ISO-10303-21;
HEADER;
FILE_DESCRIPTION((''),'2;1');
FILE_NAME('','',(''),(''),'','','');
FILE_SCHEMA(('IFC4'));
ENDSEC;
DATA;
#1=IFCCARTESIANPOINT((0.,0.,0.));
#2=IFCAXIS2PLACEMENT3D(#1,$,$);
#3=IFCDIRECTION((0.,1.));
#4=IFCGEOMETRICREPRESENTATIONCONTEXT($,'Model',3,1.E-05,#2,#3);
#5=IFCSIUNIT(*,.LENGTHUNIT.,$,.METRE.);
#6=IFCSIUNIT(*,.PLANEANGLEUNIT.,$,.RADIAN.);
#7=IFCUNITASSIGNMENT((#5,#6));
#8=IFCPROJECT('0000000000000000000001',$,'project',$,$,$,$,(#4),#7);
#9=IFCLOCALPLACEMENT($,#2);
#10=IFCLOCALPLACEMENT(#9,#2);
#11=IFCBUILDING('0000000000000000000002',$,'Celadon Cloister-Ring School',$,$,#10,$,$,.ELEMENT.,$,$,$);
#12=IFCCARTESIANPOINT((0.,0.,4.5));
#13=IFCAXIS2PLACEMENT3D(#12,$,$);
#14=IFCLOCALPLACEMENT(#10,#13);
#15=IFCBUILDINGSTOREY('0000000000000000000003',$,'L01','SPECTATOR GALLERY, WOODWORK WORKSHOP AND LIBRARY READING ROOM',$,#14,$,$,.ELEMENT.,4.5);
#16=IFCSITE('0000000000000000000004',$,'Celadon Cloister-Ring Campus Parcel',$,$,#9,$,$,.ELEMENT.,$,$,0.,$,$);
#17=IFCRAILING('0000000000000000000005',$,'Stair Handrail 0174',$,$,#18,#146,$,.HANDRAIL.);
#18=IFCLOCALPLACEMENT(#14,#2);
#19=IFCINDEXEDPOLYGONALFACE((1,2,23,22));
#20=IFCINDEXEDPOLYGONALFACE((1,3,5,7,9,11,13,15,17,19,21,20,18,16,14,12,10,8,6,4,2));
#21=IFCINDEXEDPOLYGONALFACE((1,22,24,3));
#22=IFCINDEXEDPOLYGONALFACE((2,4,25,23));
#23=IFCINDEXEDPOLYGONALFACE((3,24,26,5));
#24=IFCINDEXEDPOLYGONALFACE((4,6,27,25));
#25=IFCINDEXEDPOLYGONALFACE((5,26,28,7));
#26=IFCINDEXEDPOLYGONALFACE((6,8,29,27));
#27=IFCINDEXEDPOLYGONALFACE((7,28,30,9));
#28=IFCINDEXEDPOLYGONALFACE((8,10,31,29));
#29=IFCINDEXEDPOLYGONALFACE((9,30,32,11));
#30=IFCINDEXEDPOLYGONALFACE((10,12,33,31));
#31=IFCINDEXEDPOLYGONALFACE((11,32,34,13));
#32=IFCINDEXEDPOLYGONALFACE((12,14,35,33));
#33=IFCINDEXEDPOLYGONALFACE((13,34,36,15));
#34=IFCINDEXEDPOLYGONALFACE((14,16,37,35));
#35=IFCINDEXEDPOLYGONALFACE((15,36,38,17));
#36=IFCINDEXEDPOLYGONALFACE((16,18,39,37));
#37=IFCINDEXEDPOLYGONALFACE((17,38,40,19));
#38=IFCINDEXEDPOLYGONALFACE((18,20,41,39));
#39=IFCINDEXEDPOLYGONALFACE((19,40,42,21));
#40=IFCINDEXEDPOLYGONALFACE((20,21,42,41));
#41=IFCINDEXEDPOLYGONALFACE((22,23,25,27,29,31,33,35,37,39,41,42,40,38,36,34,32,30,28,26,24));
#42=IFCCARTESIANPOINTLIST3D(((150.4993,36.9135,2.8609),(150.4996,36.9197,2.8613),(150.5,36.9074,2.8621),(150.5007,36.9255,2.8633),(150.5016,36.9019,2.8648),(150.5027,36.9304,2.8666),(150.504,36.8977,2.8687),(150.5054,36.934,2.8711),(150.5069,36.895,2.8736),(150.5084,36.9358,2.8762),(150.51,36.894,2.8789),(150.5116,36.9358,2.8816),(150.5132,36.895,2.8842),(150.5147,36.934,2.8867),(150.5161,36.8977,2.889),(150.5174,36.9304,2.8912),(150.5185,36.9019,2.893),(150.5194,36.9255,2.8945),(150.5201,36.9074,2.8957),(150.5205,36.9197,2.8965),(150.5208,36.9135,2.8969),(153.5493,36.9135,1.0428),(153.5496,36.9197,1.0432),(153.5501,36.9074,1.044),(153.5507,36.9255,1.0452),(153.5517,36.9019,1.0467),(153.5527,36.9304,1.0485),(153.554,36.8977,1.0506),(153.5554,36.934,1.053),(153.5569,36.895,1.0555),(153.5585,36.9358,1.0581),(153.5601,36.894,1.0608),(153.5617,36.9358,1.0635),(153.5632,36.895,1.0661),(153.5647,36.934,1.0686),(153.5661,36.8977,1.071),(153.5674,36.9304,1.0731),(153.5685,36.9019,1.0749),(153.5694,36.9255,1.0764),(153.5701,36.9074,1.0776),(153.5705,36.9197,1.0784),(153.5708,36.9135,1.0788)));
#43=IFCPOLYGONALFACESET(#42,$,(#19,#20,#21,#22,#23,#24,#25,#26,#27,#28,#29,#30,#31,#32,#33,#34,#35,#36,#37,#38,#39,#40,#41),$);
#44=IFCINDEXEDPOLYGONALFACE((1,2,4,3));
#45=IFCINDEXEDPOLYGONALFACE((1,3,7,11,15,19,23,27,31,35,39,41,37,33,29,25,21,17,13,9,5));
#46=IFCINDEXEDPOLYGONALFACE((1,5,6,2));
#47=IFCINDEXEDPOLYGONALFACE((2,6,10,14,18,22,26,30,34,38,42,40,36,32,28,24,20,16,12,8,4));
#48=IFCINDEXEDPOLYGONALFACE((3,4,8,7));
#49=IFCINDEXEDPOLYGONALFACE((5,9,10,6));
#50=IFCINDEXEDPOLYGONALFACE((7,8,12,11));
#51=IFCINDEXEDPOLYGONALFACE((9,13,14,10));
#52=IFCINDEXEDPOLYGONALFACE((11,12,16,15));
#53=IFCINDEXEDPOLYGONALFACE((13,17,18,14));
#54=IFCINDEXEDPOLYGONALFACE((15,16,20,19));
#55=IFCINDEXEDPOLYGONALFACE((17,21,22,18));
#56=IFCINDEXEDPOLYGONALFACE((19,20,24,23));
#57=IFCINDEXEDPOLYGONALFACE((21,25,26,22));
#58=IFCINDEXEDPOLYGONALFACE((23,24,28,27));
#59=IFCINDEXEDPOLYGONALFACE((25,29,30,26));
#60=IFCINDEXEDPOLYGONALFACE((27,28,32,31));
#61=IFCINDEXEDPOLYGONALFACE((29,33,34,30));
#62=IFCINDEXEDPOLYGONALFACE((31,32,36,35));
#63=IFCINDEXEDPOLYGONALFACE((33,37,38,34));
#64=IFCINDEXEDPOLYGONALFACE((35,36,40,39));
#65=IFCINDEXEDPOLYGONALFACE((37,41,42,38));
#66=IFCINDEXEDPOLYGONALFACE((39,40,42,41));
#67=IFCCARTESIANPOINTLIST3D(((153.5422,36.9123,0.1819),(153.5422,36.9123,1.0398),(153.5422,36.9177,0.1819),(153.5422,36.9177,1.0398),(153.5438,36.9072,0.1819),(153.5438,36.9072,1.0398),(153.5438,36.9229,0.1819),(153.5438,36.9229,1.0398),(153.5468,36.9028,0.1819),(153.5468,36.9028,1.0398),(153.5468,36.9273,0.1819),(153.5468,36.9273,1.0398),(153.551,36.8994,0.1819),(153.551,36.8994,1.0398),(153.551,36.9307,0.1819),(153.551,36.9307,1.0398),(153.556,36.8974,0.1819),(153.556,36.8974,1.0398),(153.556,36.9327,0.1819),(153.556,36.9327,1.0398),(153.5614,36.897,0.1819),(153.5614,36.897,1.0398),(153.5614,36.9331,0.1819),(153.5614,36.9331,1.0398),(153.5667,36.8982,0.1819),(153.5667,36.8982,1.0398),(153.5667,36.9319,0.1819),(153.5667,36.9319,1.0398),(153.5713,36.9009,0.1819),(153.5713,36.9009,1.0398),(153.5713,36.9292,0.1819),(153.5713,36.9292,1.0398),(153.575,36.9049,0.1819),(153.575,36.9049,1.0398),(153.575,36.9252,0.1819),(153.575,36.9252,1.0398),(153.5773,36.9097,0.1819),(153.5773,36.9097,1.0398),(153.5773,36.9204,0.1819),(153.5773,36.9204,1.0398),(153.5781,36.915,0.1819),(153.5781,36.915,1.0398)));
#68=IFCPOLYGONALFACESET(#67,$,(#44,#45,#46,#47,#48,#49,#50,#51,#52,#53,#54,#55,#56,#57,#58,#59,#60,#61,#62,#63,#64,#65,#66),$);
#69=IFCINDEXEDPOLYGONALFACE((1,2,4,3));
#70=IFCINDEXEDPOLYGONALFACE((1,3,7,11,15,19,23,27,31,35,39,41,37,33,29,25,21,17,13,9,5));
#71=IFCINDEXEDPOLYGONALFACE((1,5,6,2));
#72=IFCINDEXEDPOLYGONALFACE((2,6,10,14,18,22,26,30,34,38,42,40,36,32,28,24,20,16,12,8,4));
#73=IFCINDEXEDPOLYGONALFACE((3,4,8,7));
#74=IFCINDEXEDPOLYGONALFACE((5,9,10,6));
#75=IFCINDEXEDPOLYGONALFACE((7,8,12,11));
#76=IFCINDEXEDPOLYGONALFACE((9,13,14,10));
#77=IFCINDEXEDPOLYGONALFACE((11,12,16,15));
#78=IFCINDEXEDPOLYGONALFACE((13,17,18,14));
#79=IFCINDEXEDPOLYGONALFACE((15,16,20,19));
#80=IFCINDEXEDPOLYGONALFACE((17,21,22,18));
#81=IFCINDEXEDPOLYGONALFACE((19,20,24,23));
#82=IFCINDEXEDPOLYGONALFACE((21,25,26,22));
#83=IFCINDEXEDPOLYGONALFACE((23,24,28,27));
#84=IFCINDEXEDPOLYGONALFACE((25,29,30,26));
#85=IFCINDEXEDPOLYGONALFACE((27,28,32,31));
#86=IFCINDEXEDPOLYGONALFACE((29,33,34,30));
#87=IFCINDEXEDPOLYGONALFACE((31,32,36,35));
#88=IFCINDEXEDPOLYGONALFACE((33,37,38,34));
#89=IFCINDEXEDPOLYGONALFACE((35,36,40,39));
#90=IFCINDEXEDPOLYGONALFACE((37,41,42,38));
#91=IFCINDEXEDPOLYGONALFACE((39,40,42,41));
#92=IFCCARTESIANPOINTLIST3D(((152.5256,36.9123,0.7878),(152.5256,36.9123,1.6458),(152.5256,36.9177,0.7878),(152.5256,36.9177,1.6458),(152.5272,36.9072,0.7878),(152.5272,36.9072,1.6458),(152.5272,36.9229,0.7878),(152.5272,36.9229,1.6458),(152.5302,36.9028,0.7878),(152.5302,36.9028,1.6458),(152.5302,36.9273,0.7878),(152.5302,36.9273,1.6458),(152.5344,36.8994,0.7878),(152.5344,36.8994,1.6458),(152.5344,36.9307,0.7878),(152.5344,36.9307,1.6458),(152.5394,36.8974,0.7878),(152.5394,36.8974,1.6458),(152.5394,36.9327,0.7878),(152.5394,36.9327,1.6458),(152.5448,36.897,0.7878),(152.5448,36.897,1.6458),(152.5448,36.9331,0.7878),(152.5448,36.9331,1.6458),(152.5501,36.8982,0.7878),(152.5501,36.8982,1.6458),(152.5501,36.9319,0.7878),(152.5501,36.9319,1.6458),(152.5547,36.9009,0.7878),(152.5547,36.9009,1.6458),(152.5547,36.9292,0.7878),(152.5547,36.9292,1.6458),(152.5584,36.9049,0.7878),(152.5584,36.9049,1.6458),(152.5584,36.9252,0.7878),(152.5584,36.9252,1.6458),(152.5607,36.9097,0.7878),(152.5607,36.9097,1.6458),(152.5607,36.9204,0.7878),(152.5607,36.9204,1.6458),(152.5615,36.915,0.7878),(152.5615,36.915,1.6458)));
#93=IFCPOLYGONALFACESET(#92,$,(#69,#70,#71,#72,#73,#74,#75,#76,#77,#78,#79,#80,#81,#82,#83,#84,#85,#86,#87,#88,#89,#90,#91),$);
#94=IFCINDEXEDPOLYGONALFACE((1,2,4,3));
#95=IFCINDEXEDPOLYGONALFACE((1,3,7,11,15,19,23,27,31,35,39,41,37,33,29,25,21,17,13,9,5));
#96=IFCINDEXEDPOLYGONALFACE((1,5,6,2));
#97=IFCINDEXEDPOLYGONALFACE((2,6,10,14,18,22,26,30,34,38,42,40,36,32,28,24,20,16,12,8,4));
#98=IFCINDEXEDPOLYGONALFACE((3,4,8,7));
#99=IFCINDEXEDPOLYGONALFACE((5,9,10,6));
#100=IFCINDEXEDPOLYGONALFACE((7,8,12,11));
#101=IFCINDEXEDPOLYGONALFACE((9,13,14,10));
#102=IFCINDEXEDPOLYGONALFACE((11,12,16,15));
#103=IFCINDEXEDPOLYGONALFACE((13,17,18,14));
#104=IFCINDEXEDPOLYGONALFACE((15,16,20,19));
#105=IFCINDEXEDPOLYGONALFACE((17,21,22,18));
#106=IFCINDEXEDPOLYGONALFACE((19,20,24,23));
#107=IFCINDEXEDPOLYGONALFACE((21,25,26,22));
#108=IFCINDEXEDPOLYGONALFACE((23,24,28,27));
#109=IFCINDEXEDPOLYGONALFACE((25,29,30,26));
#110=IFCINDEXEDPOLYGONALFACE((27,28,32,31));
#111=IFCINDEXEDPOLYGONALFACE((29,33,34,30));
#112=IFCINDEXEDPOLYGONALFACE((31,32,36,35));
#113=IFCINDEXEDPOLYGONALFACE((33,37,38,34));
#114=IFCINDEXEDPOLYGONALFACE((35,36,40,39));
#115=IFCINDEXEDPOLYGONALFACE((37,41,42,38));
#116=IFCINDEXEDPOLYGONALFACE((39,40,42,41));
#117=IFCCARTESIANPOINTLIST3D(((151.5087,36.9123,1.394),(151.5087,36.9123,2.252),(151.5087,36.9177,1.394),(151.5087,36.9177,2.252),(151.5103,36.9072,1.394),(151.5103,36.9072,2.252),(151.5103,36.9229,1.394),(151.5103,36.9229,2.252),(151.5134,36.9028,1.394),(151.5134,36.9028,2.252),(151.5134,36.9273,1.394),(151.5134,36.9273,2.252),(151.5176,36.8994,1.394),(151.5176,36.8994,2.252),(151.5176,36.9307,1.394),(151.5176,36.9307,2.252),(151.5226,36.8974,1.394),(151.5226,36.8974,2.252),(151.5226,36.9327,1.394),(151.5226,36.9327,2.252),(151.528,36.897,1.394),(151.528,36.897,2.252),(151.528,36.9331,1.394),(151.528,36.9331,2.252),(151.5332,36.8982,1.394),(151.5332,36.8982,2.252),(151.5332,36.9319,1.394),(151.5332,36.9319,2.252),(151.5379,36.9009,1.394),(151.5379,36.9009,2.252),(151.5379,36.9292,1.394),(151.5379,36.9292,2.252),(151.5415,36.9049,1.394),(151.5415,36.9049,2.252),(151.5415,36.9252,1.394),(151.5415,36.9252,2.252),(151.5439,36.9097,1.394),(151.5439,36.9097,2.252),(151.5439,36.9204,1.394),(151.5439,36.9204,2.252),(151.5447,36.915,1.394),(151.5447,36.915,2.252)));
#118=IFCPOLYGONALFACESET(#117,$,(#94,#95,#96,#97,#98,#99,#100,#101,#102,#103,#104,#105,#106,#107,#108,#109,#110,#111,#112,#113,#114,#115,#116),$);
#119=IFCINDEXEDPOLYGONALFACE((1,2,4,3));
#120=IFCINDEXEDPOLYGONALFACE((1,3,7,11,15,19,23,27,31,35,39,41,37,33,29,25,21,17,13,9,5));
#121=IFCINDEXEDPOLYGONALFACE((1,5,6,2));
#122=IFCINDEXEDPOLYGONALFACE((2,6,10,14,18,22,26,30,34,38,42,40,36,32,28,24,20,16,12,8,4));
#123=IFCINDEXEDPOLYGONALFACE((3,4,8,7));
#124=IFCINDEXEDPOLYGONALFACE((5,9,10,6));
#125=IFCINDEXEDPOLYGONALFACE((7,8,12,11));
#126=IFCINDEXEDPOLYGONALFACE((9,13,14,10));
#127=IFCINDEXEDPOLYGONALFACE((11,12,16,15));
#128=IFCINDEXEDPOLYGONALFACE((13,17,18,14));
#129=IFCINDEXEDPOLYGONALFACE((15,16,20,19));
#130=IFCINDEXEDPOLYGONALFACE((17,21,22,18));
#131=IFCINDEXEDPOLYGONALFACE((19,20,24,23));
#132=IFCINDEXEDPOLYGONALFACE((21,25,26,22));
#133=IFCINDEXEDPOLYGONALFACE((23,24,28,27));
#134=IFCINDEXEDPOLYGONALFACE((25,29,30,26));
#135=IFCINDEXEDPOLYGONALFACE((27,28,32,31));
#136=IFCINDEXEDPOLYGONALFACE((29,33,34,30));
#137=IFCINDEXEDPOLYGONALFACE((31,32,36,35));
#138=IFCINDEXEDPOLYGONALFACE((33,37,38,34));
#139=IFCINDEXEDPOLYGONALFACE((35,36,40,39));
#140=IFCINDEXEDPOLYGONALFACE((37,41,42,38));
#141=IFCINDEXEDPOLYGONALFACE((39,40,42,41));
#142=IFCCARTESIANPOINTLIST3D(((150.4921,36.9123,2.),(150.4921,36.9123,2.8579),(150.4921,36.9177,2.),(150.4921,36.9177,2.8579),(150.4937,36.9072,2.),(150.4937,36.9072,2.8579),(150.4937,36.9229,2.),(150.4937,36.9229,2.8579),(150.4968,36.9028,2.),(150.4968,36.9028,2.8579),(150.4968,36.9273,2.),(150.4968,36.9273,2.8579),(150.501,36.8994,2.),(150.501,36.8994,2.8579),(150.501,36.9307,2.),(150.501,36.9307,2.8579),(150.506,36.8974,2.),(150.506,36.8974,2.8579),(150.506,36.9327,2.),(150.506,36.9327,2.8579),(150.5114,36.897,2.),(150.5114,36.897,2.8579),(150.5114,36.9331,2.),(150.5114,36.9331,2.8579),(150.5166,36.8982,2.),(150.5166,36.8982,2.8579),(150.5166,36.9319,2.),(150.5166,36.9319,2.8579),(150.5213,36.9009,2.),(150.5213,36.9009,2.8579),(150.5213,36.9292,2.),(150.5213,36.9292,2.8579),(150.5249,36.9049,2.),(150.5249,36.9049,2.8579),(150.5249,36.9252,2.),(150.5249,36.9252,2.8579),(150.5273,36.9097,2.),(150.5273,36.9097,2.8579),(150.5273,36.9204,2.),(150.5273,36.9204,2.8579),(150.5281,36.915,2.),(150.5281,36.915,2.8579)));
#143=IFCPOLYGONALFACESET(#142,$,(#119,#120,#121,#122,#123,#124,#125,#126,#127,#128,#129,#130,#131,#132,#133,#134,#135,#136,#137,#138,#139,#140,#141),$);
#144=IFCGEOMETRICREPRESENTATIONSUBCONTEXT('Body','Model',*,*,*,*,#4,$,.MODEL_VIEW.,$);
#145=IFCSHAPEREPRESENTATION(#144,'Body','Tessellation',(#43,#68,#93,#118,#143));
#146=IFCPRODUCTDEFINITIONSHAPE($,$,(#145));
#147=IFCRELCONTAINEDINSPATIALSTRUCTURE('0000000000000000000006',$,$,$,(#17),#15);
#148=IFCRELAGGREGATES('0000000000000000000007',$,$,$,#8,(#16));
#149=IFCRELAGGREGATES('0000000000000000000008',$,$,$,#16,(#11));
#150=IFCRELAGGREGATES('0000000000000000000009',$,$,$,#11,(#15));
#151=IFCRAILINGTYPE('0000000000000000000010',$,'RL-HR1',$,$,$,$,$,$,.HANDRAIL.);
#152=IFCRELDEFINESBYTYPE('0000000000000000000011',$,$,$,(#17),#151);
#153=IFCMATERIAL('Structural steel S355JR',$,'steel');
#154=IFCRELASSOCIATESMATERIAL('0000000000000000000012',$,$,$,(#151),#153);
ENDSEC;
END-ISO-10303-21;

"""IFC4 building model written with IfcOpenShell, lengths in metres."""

from ifc_helpers import new_model, si_unit, direction, frame, origin, origin_2d, place, context, subcontext, project, spatial, circle, extrude, material, type_object, element, save


model = new_model("IFC4")

# Units and contexts
model_context = context("Model", 3, precision=1e-05, world=origin(), true_north=direction((0.0, 1.0)))
body_context = subcontext(model_context, "Body", "Model", "MODEL_VIEW")
ifc_project = project(units=[si_unit("LENGTHUNIT", "METRE"), si_unit("PLANEANGLEUNIT", "RADIAN")], contexts=[model_context])

# Site, building, storey
site_placement = place(None, origin())
site = spatial("IfcSite", under=ifc_project, at=site_placement, Name="Celadon Cloister-Ring Campus Parcel", CompositionType="ELEMENT", RefElevation=0.0)
building_placement = place(site_placement, origin())
building = spatial("IfcBuilding", under=site, at=building_placement, Name="Celadon Cloister-Ring School", CompositionType="ELEMENT")
storey_placement = place(building_placement, frame((0.0, 0.0, 4.5)))
storey = spatial("IfcBuildingStorey", under=building, at=storey_placement, Name="L01", Description="SPECTATOR GALLERY, WOODWORK WORKSHOP AND LIBRARY READING ROOM", CompositionType="ELEMENT", Elevation=4.5)

# Railing
ifc_material_1 = material(Name="Structural steel S355JR", Category="steel")
railing_type_1 = type_object("IfcRailingType", Name="RL-HR1", PredefinedType="HANDRAIL", material=ifc_material_1)
for number, where, name in (
    (1, (153.5601, 36.915, 0.1819), "Stair Handrail 0174"),
):
    element("IfcRailing", number, at=place(storey_placement, frame(where)), inside=storey, type_object=railing_type_1, Name=name, PredefinedType="HANDRAIL", context=body_context, shape_type="SweptSolid", body=[
        extrude(circle(Radius=0.021, at=origin_2d()), frame((0.0, 0.0, 0.8789), z_axis=(-0.85897, 0.0, 0.512026), x_axis=(0.0, -1.0, 0.0)), (0.0, 0.0, 1.0), 3.5508),
        extrude(circle(Radius=0.0181, at=origin_2d()), origin(), (0.0, 0.0, 1.0), 0.8579),
        extrude(circle(Radius=0.0181, at=origin_2d()), frame((-1.0166, 0.0, 0.606)), (0.0, 0.0, 1.0), 0.8579),
        extrude(circle(Radius=0.0181, at=origin_2d()), frame((-2.0334, 0.0, 1.2122)), (0.0, 0.0, 1.0), 0.8579),
        extrude(circle(Radius=0.0181, at=origin_2d()), frame((-3.05, 0.0, 1.8181)), (0.0, 0.0, 1.0), 0.8579),
    ])

save(model, "model.ifc")
